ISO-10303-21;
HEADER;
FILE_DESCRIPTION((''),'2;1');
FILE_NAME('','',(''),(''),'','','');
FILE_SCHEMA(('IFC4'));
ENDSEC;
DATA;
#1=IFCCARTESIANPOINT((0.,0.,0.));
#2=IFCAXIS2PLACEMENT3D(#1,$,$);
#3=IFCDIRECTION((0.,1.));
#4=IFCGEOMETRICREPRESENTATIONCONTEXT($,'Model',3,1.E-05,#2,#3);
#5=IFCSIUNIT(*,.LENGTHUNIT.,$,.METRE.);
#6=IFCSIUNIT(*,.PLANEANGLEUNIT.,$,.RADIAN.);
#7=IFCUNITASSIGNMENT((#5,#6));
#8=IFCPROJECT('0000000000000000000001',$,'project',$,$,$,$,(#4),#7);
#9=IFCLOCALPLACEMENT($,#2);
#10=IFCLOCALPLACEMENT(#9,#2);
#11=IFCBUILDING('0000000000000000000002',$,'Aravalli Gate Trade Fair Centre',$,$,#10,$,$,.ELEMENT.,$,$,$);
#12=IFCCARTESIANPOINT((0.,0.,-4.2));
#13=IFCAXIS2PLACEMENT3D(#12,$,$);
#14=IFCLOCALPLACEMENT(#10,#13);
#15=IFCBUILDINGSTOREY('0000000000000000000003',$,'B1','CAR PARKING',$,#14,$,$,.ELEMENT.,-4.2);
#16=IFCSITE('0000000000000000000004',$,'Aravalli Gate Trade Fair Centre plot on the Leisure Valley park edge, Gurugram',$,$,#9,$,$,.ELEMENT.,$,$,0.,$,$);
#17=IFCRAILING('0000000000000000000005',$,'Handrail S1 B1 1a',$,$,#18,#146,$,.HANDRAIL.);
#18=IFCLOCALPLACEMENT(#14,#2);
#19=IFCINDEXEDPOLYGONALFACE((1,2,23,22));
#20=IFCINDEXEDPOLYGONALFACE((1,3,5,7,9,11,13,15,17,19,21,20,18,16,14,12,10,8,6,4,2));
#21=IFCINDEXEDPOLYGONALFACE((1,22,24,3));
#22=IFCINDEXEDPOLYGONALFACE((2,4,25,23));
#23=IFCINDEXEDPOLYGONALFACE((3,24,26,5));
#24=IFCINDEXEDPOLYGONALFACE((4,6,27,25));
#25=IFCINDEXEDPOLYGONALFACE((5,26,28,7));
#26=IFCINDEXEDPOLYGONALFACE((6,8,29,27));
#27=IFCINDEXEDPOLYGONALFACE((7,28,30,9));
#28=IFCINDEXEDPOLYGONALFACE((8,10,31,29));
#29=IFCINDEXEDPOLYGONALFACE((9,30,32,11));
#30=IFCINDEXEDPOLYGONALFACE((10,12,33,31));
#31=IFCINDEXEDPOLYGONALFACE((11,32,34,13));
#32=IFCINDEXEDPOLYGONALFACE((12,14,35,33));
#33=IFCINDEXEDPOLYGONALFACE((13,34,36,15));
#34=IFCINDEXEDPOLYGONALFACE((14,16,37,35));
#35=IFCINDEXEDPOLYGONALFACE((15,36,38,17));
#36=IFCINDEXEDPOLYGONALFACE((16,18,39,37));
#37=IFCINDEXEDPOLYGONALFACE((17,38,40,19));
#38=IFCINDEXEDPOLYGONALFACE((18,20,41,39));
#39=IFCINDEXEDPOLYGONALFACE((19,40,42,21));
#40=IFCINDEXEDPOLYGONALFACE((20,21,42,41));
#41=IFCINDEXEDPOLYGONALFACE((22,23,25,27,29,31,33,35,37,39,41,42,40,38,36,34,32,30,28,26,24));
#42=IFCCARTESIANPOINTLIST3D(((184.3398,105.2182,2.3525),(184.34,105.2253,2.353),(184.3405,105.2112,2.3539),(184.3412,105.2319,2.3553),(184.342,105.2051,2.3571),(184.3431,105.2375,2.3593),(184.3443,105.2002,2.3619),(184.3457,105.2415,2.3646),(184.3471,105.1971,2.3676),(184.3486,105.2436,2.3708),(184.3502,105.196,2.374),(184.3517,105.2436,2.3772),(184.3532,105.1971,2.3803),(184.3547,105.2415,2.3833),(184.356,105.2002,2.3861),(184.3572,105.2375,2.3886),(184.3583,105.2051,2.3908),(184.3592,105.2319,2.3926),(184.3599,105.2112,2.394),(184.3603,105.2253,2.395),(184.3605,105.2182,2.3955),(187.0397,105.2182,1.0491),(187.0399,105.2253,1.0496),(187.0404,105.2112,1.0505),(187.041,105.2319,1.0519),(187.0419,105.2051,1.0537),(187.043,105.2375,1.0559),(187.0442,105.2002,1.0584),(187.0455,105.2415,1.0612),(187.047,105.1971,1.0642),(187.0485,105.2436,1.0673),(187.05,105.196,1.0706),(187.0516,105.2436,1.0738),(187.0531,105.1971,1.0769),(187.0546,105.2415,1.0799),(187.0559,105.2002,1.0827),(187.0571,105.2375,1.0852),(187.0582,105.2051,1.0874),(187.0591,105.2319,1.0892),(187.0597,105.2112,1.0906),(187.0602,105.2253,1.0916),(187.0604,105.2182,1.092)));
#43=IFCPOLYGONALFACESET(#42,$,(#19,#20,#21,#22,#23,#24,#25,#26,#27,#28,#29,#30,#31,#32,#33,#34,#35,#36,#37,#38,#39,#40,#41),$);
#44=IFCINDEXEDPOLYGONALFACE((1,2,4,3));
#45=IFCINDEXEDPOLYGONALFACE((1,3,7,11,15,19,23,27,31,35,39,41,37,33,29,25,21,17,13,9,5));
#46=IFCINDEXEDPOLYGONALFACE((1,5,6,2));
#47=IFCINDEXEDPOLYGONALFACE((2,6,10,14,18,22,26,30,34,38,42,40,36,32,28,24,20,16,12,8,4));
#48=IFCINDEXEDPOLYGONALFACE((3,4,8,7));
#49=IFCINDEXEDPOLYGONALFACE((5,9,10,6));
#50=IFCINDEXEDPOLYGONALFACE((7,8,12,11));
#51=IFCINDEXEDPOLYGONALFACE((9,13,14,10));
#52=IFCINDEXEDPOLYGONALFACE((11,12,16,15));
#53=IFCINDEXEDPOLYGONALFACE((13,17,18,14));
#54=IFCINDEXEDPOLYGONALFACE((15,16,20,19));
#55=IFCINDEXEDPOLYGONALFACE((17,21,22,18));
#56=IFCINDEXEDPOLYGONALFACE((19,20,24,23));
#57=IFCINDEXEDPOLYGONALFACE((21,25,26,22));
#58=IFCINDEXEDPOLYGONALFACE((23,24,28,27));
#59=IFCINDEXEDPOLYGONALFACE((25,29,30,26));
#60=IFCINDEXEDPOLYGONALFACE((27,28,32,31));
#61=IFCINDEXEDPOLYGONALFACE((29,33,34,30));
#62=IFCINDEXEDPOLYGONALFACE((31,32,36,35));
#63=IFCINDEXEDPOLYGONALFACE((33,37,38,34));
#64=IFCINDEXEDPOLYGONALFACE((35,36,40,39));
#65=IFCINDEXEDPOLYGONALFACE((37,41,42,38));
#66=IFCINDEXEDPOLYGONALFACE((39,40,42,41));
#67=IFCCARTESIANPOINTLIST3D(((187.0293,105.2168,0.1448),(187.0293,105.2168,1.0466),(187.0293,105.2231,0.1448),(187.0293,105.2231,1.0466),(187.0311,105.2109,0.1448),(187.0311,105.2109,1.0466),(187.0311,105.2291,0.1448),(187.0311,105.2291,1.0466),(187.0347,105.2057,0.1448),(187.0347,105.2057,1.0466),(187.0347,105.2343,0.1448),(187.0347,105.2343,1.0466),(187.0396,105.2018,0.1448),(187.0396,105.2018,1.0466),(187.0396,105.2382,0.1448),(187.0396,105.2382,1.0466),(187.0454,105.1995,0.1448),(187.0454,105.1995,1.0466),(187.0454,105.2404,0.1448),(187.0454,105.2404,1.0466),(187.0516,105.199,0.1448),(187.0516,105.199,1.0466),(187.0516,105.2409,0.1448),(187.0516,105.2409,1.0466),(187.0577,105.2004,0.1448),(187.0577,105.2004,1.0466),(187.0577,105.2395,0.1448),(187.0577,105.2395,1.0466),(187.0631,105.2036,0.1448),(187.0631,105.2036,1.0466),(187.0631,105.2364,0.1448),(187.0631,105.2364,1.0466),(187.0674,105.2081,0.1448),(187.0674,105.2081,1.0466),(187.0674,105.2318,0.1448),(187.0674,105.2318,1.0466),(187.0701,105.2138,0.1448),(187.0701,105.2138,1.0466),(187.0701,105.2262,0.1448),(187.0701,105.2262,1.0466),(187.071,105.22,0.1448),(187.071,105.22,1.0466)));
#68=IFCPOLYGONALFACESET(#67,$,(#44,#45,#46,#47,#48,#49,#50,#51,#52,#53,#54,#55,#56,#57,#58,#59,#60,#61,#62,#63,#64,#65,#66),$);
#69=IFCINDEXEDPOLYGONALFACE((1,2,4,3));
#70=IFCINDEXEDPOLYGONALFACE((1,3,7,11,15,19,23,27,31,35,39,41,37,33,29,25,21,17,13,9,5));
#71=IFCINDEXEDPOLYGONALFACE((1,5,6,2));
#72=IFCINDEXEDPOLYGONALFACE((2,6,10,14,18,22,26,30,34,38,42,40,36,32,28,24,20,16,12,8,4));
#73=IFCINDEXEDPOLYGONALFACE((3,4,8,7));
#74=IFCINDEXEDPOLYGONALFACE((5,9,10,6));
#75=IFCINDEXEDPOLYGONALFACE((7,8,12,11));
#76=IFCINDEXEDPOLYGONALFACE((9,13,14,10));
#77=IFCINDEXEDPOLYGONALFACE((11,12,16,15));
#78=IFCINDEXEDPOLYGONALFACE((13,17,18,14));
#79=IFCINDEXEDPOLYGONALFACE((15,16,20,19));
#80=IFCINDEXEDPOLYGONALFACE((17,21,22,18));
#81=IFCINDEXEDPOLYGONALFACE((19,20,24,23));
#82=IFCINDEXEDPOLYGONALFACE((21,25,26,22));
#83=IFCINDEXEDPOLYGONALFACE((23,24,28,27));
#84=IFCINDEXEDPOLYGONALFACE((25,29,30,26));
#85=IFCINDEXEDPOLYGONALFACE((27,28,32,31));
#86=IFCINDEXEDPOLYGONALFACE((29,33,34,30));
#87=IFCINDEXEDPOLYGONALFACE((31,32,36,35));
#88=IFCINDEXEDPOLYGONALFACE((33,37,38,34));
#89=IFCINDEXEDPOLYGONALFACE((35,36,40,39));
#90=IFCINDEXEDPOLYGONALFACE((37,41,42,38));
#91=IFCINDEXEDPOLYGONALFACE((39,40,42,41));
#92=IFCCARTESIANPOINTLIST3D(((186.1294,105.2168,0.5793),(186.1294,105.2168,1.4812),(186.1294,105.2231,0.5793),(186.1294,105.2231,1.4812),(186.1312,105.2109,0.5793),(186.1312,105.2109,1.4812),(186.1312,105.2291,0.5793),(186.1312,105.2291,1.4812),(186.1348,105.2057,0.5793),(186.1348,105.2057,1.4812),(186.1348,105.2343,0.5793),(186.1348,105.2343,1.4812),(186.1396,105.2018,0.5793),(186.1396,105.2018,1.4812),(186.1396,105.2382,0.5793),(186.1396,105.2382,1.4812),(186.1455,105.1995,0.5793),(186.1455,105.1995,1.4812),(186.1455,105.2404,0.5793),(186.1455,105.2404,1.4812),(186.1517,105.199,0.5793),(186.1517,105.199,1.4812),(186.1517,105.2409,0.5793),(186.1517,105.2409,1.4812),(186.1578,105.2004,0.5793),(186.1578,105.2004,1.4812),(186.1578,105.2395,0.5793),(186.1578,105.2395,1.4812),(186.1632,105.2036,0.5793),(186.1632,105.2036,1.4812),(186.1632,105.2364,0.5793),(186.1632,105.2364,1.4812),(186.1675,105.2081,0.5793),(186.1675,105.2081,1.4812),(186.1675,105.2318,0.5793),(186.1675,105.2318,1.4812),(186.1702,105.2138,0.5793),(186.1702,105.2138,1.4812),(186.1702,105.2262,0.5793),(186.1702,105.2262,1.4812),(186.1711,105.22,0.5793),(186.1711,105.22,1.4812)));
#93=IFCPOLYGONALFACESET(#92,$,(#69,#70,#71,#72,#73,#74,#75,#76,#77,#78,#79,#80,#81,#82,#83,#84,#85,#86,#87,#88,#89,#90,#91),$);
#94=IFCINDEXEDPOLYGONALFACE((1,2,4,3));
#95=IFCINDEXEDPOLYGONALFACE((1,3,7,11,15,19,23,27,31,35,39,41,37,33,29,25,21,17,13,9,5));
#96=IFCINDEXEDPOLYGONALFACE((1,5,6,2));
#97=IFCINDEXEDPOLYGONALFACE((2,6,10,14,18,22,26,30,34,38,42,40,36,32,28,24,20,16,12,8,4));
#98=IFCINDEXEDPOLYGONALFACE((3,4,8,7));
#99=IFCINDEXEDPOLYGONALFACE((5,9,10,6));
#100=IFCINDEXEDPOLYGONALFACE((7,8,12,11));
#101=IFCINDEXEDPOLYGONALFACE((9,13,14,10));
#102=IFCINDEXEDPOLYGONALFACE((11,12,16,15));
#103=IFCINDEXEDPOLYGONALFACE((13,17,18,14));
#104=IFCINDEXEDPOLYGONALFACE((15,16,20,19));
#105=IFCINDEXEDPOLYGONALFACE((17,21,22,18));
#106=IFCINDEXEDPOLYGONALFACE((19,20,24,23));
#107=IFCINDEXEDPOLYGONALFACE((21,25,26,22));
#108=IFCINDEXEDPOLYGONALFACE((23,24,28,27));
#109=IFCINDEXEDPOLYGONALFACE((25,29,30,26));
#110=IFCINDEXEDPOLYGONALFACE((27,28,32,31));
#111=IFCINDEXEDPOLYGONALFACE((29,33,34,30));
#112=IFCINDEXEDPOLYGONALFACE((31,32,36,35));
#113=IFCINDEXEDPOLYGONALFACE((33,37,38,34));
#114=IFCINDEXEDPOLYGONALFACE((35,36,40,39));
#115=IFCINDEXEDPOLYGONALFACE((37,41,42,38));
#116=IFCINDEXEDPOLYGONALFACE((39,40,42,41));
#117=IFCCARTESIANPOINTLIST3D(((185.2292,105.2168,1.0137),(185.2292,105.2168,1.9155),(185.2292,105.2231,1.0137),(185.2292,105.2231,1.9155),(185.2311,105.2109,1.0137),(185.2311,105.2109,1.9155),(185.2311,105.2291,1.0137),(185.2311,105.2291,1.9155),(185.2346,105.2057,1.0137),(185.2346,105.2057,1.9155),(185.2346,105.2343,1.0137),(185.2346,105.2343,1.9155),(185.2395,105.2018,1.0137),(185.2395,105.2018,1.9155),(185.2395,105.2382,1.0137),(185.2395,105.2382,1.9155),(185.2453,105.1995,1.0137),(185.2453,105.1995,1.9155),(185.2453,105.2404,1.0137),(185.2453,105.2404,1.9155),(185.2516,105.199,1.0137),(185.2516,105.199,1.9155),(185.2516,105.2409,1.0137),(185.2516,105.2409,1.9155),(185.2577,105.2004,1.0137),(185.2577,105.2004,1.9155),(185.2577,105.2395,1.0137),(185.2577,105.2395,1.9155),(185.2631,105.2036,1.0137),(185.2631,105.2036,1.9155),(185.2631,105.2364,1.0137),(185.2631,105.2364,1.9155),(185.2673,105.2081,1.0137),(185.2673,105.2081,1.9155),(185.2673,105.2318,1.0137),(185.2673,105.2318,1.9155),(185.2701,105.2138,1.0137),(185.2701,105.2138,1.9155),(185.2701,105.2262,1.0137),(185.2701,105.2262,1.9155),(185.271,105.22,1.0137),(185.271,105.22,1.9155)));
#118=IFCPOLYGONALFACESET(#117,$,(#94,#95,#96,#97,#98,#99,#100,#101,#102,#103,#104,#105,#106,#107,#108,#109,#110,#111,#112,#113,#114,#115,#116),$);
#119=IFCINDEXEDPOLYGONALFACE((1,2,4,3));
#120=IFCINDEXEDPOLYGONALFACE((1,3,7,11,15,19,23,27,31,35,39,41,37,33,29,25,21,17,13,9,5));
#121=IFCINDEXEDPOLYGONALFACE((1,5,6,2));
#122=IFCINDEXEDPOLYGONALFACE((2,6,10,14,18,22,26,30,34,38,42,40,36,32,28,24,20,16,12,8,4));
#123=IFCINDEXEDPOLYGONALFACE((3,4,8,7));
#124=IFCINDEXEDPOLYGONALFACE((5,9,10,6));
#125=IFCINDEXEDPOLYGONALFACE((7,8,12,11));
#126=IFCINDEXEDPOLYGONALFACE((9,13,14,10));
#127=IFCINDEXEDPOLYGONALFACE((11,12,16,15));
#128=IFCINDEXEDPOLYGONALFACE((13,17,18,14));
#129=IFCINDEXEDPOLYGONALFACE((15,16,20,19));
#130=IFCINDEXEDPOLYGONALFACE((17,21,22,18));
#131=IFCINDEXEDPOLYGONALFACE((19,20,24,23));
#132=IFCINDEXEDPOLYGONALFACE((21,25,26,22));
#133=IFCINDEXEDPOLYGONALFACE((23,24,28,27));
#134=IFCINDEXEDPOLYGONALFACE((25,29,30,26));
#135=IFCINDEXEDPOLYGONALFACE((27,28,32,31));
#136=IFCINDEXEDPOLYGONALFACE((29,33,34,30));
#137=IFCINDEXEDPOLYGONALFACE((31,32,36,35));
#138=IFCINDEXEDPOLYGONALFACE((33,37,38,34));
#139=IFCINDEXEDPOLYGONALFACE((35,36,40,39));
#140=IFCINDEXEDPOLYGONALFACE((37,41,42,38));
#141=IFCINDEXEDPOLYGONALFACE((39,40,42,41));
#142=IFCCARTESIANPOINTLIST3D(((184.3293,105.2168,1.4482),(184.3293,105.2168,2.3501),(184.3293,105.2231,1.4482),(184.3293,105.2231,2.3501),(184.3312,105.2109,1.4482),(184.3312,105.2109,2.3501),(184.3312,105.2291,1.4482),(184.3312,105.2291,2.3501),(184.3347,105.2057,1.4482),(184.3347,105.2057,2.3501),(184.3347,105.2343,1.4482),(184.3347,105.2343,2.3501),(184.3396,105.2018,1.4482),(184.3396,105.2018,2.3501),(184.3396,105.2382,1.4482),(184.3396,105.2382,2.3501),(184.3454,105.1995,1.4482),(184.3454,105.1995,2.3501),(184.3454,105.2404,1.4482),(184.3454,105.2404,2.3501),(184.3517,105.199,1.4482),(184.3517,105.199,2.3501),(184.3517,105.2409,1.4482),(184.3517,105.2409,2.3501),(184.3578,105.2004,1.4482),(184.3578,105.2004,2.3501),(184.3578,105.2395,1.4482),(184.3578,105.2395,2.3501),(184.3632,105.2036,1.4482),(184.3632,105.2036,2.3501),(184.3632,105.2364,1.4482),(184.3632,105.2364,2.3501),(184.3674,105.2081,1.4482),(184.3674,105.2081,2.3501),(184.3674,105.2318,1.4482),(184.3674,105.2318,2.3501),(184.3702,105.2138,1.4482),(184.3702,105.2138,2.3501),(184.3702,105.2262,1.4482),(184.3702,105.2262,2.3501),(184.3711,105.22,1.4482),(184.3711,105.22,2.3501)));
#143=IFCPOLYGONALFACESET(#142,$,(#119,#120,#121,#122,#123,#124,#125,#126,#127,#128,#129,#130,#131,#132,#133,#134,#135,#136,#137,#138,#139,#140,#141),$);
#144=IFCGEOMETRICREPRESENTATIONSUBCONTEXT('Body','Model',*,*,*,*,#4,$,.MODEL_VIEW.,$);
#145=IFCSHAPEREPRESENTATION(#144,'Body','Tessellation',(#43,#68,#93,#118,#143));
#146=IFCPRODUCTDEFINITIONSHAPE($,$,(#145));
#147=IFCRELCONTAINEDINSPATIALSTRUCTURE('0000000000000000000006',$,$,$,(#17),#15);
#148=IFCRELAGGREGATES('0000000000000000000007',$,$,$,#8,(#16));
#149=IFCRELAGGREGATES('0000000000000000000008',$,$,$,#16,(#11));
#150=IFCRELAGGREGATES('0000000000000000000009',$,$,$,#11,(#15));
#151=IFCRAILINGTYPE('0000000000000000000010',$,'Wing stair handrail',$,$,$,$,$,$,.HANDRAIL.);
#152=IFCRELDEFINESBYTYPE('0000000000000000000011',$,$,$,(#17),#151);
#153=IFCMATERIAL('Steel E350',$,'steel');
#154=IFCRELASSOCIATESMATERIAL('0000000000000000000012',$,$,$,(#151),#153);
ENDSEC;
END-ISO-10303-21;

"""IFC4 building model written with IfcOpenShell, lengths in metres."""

from ifc_helpers import new_model, si_unit, direction, frame, origin, origin_2d, place, context, subcontext, project, spatial, circle, extrude, material, type_object, element, save


model = new_model("IFC4")

# Units and contexts
model_context = context("Model", 3, precision=1e-05, world=origin(), true_north=direction((0.0, 1.0)))
body_context = subcontext(model_context, "Body", "Model", "MODEL_VIEW")
ifc_project = project(units=[si_unit("LENGTHUNIT", "METRE"), si_unit("PLANEANGLEUNIT", "RADIAN")], contexts=[model_context])

# Site, building, storey
site_placement = place(None, origin())
site = spatial("IfcSite", under=ifc_project, at=site_placement, Name="Aravalli Gate Trade Fair Centre plot on the Leisure Valley park edge, Gurugram", CompositionType="ELEMENT", RefElevation=0.0)
building_placement = place(site_placement, origin())
building = spatial("IfcBuilding", under=site, at=building_placement, Name="Aravalli Gate Trade Fair Centre", CompositionType="ELEMENT")
storey_placement = place(building_placement, frame((0.0, 0.0, -4.2)))
storey = spatial("IfcBuildingStorey", under=building, at=storey_placement, Name="B1", Description="CAR PARKING", CompositionType="ELEMENT", Elevation=-4.2)

# Shared definitions
ifc_material_1 = material(Name="Steel E350", Category="steel")

# Railing
railing_type_1 = type_object("IfcRailingType", Name="Wing stair handrail", PredefinedType="HANDRAIL", material=ifc_material_1)
for number, where, name in (
    (1, (187.05, 105.22, 0.1448), "Handrail S1 B1 1a"),
):
    element("IfcRailing", number, at=place(storey_placement, frame(where)), inside=storey, type_object=railing_type_1, Name=name, PredefinedType="HANDRAIL", context=body_context, shape_type="SweptSolid", body=[
        extrude(circle(Radius=0.0239, at=origin_2d()), frame((0.0, 0.0, 0.9258), z_axis=(-0.900546, 0.0, 0.43476), x_axis=(0.0, -1.0, 0.0)), (0.0, 0.0, 1.0), 2.998),
        extrude(circle(Radius=0.021, at=origin_2d()), origin(), (0.0, 0.0, 1.0), 0.9019),
        extrude(circle(Radius=0.021, at=origin_2d()), frame((-0.8999, 0.0, 0.4346)), (0.0, 0.0, 1.0), 0.9019),
        extrude(circle(Radius=0.021, at=origin_2d()), frame((-1.8, 0.0, 0.8689)), (0.0, 0.0, 1.0), 0.9019),
        extrude(circle(Radius=0.021, at=origin_2d()), frame((-2.7, 0.0, 1.3035)), (0.0, 0.0, 1.0), 0.9019),
    ])

save(model, "model.ifc")
